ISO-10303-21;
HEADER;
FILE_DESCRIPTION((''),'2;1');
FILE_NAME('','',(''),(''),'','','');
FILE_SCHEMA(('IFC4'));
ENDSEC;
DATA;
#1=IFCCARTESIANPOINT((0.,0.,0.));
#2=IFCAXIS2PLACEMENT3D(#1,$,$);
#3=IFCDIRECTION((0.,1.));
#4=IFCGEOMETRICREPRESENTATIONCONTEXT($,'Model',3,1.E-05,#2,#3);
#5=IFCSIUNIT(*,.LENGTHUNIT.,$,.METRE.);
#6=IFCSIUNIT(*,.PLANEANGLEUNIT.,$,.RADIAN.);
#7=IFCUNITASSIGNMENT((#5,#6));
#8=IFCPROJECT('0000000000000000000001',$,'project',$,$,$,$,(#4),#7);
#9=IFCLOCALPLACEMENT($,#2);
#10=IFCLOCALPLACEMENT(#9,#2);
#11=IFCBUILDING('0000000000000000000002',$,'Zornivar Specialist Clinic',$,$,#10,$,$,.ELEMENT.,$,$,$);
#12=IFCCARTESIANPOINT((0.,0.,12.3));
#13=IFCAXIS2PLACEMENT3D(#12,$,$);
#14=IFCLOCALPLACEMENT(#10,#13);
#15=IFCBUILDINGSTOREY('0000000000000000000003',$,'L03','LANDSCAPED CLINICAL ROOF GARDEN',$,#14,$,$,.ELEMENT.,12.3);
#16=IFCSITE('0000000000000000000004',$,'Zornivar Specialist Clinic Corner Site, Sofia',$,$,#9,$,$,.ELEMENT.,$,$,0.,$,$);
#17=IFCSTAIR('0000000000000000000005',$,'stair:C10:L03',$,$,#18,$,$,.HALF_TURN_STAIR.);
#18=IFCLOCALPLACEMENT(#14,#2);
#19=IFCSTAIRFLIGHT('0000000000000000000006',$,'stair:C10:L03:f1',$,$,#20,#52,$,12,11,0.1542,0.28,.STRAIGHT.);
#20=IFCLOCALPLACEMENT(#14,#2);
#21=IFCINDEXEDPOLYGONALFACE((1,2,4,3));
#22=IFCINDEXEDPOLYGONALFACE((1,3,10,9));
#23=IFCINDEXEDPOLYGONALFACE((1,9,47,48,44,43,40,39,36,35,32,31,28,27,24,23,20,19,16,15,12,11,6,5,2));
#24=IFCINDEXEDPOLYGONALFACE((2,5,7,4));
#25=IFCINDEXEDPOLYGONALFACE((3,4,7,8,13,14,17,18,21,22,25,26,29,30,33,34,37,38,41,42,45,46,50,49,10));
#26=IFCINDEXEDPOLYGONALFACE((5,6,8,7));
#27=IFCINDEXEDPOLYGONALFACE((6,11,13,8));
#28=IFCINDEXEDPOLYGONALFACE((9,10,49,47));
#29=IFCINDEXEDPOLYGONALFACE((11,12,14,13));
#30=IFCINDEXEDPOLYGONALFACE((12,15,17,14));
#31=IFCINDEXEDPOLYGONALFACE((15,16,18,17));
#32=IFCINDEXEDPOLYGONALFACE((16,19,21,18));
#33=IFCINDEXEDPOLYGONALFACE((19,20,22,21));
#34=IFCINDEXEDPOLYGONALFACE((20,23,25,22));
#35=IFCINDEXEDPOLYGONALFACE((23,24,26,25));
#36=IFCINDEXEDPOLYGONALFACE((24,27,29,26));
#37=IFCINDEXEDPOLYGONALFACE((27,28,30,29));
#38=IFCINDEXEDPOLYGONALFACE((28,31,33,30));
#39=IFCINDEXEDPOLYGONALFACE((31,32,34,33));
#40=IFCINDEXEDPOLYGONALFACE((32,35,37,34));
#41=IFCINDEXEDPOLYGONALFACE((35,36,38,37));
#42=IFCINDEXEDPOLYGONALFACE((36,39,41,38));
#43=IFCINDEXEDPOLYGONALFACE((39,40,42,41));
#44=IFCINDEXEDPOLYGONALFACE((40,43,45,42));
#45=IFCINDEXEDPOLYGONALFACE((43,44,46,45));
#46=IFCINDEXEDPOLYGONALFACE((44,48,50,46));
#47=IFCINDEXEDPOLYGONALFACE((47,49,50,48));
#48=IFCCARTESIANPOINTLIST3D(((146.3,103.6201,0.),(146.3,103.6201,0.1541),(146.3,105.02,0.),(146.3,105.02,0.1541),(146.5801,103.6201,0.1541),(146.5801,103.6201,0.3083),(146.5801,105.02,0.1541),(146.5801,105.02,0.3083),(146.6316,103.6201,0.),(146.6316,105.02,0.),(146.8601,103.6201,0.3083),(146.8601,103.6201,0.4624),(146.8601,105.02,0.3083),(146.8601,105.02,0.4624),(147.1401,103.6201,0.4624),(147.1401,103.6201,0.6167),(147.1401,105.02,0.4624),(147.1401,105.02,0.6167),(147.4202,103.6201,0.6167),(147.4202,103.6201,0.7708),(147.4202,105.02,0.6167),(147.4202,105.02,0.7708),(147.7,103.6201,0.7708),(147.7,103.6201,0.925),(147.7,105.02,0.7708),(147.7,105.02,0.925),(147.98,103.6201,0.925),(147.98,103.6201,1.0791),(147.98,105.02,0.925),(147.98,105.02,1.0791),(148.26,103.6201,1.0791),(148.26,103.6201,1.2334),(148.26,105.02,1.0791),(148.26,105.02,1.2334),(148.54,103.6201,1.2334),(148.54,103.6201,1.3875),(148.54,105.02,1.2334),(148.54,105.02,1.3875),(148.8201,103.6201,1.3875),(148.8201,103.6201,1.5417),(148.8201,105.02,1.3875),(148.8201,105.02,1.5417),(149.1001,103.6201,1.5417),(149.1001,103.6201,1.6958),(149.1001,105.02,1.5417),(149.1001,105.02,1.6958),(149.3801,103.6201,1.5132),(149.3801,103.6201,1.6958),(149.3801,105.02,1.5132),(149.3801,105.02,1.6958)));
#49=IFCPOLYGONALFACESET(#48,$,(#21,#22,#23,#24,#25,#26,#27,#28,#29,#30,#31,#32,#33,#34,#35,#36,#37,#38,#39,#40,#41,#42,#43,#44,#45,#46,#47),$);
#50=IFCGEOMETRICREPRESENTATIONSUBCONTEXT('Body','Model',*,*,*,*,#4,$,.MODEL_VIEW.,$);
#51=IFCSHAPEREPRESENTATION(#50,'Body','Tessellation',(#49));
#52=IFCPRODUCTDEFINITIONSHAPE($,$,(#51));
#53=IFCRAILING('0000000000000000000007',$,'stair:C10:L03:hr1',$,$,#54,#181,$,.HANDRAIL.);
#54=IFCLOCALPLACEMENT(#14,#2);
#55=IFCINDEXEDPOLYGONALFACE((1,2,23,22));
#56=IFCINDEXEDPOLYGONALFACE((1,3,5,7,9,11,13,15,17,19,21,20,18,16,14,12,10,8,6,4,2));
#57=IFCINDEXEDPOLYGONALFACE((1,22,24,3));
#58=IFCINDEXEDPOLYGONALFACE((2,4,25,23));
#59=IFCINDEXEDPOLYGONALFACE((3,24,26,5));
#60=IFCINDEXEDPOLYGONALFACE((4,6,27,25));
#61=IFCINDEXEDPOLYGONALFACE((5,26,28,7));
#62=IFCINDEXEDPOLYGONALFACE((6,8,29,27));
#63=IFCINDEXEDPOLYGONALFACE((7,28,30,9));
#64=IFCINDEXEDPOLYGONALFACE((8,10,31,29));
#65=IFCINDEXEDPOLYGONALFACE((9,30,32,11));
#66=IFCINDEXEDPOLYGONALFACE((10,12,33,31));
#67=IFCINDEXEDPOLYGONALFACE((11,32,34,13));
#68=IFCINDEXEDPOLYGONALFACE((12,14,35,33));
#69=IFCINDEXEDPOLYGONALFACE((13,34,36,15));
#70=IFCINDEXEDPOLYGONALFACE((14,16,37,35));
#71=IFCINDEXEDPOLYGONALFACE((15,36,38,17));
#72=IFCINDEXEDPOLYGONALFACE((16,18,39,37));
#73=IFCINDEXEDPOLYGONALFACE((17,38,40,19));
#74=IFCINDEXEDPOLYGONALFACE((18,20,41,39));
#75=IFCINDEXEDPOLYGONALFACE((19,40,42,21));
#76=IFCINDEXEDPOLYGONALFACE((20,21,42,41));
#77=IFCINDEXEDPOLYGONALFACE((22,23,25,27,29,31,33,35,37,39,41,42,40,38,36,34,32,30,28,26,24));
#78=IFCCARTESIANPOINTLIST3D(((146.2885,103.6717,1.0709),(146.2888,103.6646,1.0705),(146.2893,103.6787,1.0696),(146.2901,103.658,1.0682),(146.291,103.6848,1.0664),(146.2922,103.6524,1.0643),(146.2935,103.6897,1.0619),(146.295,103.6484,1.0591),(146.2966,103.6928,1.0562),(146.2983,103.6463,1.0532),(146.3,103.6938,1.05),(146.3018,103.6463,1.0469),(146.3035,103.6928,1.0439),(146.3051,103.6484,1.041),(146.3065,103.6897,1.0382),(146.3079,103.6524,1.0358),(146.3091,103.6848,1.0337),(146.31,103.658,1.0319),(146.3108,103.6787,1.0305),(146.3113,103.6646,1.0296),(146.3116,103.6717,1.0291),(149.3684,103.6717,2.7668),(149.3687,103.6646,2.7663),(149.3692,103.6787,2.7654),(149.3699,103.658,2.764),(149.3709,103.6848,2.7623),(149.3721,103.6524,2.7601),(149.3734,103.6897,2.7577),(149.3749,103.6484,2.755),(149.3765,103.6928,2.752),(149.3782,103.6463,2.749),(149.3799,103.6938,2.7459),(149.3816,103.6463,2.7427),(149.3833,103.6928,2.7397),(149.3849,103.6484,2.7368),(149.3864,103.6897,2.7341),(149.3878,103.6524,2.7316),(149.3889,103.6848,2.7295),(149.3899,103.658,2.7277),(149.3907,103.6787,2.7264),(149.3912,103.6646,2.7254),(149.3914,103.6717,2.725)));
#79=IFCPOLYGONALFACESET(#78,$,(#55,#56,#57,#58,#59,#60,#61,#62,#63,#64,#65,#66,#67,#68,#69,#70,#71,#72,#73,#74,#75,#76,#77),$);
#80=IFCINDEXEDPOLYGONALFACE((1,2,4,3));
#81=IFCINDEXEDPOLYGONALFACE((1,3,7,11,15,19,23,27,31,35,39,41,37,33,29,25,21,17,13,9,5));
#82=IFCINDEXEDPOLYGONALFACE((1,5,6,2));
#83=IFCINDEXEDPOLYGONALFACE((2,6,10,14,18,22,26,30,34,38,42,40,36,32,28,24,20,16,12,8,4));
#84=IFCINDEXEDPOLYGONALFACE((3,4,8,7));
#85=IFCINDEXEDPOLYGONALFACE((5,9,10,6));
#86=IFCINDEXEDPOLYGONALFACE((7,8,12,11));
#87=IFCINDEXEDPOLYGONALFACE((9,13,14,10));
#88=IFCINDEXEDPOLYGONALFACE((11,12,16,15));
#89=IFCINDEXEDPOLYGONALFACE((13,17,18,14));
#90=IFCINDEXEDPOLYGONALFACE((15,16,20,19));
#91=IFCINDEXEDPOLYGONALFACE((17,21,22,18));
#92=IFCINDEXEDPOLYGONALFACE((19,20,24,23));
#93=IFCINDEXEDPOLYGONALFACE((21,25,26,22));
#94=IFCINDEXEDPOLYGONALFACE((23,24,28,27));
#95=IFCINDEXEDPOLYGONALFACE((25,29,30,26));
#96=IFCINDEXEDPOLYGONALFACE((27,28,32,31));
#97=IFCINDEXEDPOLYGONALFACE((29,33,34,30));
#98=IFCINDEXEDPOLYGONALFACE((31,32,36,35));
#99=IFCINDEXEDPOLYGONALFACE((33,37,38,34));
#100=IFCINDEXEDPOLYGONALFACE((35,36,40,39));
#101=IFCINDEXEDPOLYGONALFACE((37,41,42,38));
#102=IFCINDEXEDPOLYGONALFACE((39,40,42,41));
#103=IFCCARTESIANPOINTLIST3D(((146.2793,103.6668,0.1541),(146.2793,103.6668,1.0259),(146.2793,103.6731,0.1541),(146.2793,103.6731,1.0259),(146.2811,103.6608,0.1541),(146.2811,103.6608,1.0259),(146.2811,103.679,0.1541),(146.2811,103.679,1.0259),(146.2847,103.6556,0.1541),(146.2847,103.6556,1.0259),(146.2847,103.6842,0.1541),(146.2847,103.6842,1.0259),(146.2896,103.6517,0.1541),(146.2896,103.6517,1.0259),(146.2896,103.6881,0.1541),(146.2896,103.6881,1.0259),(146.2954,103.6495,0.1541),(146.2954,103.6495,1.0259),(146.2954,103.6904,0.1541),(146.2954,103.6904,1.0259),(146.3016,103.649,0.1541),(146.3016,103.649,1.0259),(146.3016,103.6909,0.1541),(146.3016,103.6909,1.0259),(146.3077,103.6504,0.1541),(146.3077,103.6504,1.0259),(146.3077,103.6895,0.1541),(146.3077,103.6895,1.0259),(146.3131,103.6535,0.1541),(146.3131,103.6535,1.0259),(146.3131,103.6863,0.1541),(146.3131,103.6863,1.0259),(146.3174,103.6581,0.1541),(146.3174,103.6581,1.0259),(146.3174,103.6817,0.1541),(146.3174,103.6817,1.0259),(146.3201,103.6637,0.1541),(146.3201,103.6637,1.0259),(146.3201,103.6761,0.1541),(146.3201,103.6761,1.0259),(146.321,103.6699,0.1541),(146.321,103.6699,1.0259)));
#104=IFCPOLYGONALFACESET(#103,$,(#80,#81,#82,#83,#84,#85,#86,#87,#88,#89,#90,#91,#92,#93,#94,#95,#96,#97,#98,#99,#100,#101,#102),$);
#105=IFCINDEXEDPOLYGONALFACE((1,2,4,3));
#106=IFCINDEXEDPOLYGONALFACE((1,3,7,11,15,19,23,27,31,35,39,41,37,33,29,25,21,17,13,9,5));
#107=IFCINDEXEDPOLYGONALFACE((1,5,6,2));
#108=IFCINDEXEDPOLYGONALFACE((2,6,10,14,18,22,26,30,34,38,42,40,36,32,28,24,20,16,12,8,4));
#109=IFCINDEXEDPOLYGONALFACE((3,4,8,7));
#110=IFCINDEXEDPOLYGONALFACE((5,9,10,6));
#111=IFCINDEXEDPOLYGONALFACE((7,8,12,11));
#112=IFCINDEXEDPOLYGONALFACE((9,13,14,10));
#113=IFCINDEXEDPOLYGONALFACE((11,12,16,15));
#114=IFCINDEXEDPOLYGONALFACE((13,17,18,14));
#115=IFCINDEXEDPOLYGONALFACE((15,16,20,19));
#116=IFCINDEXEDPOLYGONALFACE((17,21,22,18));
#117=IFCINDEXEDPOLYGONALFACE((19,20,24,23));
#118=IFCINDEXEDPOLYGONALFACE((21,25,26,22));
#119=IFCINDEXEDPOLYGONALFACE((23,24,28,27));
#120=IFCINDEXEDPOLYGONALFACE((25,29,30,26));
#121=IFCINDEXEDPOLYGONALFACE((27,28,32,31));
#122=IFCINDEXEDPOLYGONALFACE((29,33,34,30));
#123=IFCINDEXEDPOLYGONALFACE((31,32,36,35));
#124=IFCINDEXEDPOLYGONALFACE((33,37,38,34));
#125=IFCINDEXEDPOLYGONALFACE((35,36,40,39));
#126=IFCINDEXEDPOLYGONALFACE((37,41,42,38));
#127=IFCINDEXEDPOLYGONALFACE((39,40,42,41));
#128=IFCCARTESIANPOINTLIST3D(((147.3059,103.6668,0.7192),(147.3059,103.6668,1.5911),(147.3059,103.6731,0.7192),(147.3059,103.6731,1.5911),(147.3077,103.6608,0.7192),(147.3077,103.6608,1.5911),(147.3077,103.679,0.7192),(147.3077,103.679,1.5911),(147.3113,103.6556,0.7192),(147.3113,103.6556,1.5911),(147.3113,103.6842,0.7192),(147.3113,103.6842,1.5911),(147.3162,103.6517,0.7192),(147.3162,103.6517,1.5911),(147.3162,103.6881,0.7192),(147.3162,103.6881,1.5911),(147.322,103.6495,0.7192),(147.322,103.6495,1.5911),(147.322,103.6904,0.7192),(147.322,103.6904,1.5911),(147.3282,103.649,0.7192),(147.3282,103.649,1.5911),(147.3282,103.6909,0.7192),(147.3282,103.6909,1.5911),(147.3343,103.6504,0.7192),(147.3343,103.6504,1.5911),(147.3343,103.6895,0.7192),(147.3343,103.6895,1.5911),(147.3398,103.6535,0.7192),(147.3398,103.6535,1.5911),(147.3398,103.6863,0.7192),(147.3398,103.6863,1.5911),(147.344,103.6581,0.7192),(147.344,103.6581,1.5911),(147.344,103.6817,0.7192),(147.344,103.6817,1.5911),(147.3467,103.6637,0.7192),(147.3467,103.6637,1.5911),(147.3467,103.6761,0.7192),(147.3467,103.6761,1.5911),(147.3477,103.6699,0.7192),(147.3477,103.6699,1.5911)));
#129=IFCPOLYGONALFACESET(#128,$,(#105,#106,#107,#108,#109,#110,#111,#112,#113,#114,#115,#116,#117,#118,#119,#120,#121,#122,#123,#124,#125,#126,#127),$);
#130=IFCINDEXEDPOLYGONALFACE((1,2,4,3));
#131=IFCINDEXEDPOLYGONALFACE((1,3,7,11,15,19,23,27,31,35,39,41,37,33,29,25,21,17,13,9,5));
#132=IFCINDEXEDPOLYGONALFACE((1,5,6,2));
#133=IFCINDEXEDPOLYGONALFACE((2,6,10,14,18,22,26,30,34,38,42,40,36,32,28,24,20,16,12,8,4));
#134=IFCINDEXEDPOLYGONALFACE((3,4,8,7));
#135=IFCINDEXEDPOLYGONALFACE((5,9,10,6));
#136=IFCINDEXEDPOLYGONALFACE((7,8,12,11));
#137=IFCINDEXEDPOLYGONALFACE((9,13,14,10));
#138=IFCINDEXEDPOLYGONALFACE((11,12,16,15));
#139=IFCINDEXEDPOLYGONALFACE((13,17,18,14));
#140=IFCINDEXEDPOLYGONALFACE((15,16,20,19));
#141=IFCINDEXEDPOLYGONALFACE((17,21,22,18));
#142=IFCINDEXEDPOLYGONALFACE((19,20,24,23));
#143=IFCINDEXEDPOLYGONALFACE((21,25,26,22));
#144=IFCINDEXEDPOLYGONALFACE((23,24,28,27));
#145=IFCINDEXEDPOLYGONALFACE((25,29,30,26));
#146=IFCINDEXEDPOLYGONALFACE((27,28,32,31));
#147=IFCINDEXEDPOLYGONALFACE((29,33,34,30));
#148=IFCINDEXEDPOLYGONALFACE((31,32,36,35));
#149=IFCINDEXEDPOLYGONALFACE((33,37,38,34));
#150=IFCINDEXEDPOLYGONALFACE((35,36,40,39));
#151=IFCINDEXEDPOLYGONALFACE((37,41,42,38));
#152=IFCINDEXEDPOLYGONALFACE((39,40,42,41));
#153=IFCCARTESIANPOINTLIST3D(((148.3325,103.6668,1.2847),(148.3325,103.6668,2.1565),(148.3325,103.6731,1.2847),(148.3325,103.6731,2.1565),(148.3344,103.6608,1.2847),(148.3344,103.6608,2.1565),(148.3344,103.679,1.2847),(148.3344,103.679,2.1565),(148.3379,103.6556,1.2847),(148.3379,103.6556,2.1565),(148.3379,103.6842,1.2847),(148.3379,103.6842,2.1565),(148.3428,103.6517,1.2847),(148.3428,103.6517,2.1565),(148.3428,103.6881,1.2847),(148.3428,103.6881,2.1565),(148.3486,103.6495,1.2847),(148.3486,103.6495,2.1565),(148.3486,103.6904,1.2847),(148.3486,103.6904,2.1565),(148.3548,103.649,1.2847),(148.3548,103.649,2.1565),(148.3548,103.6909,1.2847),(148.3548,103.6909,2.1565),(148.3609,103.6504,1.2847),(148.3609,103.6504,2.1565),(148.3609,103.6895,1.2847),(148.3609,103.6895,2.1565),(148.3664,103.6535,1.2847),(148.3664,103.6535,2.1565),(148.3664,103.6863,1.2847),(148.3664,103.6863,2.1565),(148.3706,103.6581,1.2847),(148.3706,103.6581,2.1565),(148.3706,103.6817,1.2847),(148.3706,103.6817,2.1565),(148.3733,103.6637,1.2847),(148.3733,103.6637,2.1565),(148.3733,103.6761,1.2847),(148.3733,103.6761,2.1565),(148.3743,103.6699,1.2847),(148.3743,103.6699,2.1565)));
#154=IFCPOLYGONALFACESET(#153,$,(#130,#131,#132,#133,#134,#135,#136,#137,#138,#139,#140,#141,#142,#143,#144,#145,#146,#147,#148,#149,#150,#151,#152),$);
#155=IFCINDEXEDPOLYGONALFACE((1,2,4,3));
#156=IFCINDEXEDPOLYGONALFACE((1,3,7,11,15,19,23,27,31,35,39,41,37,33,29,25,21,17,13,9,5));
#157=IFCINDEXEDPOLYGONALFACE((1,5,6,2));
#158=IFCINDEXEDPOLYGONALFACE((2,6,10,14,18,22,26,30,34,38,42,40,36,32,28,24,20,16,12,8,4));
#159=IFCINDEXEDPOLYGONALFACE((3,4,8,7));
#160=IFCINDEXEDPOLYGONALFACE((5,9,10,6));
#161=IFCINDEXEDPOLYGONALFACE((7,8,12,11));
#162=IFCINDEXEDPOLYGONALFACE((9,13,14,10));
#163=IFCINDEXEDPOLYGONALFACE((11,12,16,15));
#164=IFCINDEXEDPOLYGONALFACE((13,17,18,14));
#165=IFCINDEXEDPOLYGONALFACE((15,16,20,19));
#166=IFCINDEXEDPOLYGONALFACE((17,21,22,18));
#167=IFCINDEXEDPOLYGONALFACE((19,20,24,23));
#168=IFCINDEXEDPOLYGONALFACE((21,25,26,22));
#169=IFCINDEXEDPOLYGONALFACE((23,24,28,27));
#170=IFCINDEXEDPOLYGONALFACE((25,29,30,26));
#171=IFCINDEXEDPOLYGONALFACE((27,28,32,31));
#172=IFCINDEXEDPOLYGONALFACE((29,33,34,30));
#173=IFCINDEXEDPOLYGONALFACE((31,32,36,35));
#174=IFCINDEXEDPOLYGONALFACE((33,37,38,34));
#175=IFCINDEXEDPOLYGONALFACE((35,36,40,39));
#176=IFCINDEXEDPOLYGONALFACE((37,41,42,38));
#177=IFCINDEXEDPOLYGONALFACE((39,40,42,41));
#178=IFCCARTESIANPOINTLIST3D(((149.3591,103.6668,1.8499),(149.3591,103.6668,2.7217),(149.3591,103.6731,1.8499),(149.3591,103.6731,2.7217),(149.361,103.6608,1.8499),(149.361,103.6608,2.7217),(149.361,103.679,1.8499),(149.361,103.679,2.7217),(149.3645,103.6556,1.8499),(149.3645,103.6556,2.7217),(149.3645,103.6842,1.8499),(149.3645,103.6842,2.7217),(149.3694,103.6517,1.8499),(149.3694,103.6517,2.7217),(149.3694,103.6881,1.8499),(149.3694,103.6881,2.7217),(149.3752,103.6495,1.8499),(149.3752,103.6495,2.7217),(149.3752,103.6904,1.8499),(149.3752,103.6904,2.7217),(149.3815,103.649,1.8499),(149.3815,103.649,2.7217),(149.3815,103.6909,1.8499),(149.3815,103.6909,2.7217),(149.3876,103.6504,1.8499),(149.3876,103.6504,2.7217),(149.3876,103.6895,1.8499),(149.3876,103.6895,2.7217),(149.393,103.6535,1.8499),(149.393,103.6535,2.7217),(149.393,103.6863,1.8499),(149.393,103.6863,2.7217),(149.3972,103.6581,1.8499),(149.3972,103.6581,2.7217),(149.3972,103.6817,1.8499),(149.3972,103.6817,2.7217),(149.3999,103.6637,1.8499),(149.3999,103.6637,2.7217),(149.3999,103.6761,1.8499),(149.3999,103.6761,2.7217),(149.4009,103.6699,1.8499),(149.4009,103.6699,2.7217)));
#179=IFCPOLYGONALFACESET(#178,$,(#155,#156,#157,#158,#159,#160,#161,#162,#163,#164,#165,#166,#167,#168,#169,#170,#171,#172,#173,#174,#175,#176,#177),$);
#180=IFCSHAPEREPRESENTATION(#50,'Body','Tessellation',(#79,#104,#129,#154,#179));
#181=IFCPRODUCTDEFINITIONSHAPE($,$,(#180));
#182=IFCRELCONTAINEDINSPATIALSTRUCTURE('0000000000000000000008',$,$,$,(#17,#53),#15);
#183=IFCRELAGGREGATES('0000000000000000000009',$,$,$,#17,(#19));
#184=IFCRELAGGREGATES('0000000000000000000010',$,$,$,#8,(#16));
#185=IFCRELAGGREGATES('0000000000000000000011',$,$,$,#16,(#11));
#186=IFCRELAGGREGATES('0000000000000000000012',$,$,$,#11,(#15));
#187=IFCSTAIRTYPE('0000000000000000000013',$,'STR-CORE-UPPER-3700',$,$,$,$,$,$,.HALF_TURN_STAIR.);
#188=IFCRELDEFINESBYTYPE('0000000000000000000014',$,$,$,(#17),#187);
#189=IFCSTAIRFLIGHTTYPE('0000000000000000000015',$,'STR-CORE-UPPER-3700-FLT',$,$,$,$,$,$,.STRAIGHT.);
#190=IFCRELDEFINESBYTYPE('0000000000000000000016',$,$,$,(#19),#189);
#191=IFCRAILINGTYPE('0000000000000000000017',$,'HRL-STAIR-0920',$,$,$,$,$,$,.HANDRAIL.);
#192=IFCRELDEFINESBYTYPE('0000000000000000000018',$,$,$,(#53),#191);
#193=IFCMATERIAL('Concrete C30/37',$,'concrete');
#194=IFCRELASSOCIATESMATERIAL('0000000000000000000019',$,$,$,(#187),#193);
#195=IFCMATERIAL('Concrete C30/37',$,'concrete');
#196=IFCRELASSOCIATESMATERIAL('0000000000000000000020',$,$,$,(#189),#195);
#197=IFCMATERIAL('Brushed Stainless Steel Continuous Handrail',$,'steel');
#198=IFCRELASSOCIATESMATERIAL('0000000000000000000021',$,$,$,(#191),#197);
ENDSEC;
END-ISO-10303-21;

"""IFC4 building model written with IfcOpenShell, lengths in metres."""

from ifc_helpers import new_model, si_unit, direction, frame, origin, origin_2d, place, context, subcontext, project, spatial, polyline, circle, outline, extrude, material, type_object, element, aggregate, save


model = new_model("IFC4")

# Units and contexts
model_context = context("Model", 3, precision=1e-05, world=origin(), true_north=direction((0.0, 1.0)))
body_context = subcontext(model_context, "Body", "Model", "MODEL_VIEW")
ifc_project = project(units=[si_unit("LENGTHUNIT", "METRE"), si_unit("PLANEANGLEUNIT", "RADIAN")], contexts=[model_context])

# Site, building, storey
site_placement = place(None, origin())
site = spatial("IfcSite", under=ifc_project, at=site_placement, Name="Zornivar Specialist Clinic Corner Site, Sofia", CompositionType="ELEMENT", RefElevation=0.0)
building_placement = place(site_placement, origin())
building = spatial("IfcBuilding", under=site, at=building_placement, Name="Zornivar Specialist Clinic", CompositionType="ELEMENT")
storey_placement = place(building_placement, frame((0.0, 0.0, 12.3)))
storey = spatial("IfcBuildingStorey", under=building, at=storey_placement, Name="L03", Description="LANDSCAPED CLINICAL ROOF GARDEN", CompositionType="ELEMENT", Elevation=12.3)

# Stair, stair flight
ifc_material_1 = material(Name="Concrete C30/37", Category="concrete")
stair_type = type_object("IfcStairType", Name="STR-CORE-UPPER-3700", PredefinedType="HALF_TURN_STAIR", material=ifc_material_1)
stair_placement = place(storey_placement, origin())
stair = element("IfcStair", 1, at=stair_placement, inside=storey, type_object=stair_type, Name="stair:C10:L03", PredefinedType="HALF_TURN_STAIR")
ifc_material_2 = material(Name="Concrete C30/37", Category="concrete")
stair_flight_type = type_object("IfcStairFlightType", Name="STR-CORE-UPPER-3700-FLT", PredefinedType="STRAIGHT", material=ifc_material_2)
stair_flight_placement = place(storey_placement, frame((146.3, 104.3201, 0.0), z_axis=(0.0, 0.0, 1.0), x_axis=(1.0, 0.0, 0.0)))
stair_flight = element("IfcStairFlight", 2, at=stair_flight_placement, type_object=stair_flight_type, Name="stair:C10:L03:f1", NumberOfRisers=12, NumberOfTreads=11, PredefinedType="STRAIGHT", RiserHeight=0.1542, TreadLength=0.28, context=body_context, shape_type="SweptSolid", body=[
    extrude(outline(polyline([(0.0, 0.0), (0.0, 0.1541), (0.28, 0.1541), (0.28, 0.3083), (0.5601, 0.3083), (0.5601, 0.4624), (0.8401, 0.4624), (0.8401, 0.6167), (1.1201, 0.6167), (1.1201, 0.7708), (1.3999, 0.7708), (1.3999, 0.925), (1.6799, 0.925), (1.6799, 1.0791), (1.96, 1.0791), (1.96, 1.2334), (2.24, 1.2334), (2.24, 1.3875), (2.52, 1.3875), (2.52, 1.5417), (2.8, 1.5417), (2.8, 1.6958), (3.0801, 1.6958), (3.0801, 1.8501), (3.0801, 1.5132), (0.3315, 0.0), (0.0, 0.0)])), frame((0.0, 0.7, 0.0), z_axis=(0.0, -1.0, 0.0), x_axis=(1.0, 0.0, 0.0)), (0.0, 0.0, 1.0), 1.3999),
])
aggregate(stair, [stair_flight])

# Railing
ifc_material_3 = material(Name="Brushed Stainless Steel Continuous Handrail", Category="steel")
railing_type = type_object("IfcRailingType", Name="HRL-STAIR-0920", PredefinedType="HANDRAIL", material=ifc_material_3)
railing_placement = place(storey_placement, frame((146.3, 103.6699, 0.1541)))
element("IfcRailing", 3, at=railing_placement, inside=storey, type_object=railing_type, Name="stair:C10:L03:hr1", PredefinedType="HANDRAIL", context=body_context, shape_type="SweptSolid", body=[
    extrude(circle(Radius=0.0239, at=origin_2d()), frame((0.0, 0.0, 0.896), z_axis=(0.875989, 0.0, 0.482332), x_axis=(0.0, 1.0, 0.0)), (0.0, 0.0, 1.0), 3.5159),
    extrude(circle(Radius=0.021, at=origin_2d()), origin(), (0.0, 0.0, 1.0), 0.8718),
    extrude(circle(Radius=0.021, at=origin_2d()), frame((1.0266, 0.0, 0.5652)), (0.0, 0.0, 1.0), 0.8718),
    extrude(circle(Radius=0.021, at=origin_2d()), frame((2.0532, 0.0, 1.1306)), (0.0, 0.0, 1.0), 0.8718),
    extrude(circle(Radius=0.021, at=origin_2d()), frame((3.0798, 0.0, 1.6958)), (0.0, 0.0, 1.0), 0.8718),
])

save(model, "model.ifc")
